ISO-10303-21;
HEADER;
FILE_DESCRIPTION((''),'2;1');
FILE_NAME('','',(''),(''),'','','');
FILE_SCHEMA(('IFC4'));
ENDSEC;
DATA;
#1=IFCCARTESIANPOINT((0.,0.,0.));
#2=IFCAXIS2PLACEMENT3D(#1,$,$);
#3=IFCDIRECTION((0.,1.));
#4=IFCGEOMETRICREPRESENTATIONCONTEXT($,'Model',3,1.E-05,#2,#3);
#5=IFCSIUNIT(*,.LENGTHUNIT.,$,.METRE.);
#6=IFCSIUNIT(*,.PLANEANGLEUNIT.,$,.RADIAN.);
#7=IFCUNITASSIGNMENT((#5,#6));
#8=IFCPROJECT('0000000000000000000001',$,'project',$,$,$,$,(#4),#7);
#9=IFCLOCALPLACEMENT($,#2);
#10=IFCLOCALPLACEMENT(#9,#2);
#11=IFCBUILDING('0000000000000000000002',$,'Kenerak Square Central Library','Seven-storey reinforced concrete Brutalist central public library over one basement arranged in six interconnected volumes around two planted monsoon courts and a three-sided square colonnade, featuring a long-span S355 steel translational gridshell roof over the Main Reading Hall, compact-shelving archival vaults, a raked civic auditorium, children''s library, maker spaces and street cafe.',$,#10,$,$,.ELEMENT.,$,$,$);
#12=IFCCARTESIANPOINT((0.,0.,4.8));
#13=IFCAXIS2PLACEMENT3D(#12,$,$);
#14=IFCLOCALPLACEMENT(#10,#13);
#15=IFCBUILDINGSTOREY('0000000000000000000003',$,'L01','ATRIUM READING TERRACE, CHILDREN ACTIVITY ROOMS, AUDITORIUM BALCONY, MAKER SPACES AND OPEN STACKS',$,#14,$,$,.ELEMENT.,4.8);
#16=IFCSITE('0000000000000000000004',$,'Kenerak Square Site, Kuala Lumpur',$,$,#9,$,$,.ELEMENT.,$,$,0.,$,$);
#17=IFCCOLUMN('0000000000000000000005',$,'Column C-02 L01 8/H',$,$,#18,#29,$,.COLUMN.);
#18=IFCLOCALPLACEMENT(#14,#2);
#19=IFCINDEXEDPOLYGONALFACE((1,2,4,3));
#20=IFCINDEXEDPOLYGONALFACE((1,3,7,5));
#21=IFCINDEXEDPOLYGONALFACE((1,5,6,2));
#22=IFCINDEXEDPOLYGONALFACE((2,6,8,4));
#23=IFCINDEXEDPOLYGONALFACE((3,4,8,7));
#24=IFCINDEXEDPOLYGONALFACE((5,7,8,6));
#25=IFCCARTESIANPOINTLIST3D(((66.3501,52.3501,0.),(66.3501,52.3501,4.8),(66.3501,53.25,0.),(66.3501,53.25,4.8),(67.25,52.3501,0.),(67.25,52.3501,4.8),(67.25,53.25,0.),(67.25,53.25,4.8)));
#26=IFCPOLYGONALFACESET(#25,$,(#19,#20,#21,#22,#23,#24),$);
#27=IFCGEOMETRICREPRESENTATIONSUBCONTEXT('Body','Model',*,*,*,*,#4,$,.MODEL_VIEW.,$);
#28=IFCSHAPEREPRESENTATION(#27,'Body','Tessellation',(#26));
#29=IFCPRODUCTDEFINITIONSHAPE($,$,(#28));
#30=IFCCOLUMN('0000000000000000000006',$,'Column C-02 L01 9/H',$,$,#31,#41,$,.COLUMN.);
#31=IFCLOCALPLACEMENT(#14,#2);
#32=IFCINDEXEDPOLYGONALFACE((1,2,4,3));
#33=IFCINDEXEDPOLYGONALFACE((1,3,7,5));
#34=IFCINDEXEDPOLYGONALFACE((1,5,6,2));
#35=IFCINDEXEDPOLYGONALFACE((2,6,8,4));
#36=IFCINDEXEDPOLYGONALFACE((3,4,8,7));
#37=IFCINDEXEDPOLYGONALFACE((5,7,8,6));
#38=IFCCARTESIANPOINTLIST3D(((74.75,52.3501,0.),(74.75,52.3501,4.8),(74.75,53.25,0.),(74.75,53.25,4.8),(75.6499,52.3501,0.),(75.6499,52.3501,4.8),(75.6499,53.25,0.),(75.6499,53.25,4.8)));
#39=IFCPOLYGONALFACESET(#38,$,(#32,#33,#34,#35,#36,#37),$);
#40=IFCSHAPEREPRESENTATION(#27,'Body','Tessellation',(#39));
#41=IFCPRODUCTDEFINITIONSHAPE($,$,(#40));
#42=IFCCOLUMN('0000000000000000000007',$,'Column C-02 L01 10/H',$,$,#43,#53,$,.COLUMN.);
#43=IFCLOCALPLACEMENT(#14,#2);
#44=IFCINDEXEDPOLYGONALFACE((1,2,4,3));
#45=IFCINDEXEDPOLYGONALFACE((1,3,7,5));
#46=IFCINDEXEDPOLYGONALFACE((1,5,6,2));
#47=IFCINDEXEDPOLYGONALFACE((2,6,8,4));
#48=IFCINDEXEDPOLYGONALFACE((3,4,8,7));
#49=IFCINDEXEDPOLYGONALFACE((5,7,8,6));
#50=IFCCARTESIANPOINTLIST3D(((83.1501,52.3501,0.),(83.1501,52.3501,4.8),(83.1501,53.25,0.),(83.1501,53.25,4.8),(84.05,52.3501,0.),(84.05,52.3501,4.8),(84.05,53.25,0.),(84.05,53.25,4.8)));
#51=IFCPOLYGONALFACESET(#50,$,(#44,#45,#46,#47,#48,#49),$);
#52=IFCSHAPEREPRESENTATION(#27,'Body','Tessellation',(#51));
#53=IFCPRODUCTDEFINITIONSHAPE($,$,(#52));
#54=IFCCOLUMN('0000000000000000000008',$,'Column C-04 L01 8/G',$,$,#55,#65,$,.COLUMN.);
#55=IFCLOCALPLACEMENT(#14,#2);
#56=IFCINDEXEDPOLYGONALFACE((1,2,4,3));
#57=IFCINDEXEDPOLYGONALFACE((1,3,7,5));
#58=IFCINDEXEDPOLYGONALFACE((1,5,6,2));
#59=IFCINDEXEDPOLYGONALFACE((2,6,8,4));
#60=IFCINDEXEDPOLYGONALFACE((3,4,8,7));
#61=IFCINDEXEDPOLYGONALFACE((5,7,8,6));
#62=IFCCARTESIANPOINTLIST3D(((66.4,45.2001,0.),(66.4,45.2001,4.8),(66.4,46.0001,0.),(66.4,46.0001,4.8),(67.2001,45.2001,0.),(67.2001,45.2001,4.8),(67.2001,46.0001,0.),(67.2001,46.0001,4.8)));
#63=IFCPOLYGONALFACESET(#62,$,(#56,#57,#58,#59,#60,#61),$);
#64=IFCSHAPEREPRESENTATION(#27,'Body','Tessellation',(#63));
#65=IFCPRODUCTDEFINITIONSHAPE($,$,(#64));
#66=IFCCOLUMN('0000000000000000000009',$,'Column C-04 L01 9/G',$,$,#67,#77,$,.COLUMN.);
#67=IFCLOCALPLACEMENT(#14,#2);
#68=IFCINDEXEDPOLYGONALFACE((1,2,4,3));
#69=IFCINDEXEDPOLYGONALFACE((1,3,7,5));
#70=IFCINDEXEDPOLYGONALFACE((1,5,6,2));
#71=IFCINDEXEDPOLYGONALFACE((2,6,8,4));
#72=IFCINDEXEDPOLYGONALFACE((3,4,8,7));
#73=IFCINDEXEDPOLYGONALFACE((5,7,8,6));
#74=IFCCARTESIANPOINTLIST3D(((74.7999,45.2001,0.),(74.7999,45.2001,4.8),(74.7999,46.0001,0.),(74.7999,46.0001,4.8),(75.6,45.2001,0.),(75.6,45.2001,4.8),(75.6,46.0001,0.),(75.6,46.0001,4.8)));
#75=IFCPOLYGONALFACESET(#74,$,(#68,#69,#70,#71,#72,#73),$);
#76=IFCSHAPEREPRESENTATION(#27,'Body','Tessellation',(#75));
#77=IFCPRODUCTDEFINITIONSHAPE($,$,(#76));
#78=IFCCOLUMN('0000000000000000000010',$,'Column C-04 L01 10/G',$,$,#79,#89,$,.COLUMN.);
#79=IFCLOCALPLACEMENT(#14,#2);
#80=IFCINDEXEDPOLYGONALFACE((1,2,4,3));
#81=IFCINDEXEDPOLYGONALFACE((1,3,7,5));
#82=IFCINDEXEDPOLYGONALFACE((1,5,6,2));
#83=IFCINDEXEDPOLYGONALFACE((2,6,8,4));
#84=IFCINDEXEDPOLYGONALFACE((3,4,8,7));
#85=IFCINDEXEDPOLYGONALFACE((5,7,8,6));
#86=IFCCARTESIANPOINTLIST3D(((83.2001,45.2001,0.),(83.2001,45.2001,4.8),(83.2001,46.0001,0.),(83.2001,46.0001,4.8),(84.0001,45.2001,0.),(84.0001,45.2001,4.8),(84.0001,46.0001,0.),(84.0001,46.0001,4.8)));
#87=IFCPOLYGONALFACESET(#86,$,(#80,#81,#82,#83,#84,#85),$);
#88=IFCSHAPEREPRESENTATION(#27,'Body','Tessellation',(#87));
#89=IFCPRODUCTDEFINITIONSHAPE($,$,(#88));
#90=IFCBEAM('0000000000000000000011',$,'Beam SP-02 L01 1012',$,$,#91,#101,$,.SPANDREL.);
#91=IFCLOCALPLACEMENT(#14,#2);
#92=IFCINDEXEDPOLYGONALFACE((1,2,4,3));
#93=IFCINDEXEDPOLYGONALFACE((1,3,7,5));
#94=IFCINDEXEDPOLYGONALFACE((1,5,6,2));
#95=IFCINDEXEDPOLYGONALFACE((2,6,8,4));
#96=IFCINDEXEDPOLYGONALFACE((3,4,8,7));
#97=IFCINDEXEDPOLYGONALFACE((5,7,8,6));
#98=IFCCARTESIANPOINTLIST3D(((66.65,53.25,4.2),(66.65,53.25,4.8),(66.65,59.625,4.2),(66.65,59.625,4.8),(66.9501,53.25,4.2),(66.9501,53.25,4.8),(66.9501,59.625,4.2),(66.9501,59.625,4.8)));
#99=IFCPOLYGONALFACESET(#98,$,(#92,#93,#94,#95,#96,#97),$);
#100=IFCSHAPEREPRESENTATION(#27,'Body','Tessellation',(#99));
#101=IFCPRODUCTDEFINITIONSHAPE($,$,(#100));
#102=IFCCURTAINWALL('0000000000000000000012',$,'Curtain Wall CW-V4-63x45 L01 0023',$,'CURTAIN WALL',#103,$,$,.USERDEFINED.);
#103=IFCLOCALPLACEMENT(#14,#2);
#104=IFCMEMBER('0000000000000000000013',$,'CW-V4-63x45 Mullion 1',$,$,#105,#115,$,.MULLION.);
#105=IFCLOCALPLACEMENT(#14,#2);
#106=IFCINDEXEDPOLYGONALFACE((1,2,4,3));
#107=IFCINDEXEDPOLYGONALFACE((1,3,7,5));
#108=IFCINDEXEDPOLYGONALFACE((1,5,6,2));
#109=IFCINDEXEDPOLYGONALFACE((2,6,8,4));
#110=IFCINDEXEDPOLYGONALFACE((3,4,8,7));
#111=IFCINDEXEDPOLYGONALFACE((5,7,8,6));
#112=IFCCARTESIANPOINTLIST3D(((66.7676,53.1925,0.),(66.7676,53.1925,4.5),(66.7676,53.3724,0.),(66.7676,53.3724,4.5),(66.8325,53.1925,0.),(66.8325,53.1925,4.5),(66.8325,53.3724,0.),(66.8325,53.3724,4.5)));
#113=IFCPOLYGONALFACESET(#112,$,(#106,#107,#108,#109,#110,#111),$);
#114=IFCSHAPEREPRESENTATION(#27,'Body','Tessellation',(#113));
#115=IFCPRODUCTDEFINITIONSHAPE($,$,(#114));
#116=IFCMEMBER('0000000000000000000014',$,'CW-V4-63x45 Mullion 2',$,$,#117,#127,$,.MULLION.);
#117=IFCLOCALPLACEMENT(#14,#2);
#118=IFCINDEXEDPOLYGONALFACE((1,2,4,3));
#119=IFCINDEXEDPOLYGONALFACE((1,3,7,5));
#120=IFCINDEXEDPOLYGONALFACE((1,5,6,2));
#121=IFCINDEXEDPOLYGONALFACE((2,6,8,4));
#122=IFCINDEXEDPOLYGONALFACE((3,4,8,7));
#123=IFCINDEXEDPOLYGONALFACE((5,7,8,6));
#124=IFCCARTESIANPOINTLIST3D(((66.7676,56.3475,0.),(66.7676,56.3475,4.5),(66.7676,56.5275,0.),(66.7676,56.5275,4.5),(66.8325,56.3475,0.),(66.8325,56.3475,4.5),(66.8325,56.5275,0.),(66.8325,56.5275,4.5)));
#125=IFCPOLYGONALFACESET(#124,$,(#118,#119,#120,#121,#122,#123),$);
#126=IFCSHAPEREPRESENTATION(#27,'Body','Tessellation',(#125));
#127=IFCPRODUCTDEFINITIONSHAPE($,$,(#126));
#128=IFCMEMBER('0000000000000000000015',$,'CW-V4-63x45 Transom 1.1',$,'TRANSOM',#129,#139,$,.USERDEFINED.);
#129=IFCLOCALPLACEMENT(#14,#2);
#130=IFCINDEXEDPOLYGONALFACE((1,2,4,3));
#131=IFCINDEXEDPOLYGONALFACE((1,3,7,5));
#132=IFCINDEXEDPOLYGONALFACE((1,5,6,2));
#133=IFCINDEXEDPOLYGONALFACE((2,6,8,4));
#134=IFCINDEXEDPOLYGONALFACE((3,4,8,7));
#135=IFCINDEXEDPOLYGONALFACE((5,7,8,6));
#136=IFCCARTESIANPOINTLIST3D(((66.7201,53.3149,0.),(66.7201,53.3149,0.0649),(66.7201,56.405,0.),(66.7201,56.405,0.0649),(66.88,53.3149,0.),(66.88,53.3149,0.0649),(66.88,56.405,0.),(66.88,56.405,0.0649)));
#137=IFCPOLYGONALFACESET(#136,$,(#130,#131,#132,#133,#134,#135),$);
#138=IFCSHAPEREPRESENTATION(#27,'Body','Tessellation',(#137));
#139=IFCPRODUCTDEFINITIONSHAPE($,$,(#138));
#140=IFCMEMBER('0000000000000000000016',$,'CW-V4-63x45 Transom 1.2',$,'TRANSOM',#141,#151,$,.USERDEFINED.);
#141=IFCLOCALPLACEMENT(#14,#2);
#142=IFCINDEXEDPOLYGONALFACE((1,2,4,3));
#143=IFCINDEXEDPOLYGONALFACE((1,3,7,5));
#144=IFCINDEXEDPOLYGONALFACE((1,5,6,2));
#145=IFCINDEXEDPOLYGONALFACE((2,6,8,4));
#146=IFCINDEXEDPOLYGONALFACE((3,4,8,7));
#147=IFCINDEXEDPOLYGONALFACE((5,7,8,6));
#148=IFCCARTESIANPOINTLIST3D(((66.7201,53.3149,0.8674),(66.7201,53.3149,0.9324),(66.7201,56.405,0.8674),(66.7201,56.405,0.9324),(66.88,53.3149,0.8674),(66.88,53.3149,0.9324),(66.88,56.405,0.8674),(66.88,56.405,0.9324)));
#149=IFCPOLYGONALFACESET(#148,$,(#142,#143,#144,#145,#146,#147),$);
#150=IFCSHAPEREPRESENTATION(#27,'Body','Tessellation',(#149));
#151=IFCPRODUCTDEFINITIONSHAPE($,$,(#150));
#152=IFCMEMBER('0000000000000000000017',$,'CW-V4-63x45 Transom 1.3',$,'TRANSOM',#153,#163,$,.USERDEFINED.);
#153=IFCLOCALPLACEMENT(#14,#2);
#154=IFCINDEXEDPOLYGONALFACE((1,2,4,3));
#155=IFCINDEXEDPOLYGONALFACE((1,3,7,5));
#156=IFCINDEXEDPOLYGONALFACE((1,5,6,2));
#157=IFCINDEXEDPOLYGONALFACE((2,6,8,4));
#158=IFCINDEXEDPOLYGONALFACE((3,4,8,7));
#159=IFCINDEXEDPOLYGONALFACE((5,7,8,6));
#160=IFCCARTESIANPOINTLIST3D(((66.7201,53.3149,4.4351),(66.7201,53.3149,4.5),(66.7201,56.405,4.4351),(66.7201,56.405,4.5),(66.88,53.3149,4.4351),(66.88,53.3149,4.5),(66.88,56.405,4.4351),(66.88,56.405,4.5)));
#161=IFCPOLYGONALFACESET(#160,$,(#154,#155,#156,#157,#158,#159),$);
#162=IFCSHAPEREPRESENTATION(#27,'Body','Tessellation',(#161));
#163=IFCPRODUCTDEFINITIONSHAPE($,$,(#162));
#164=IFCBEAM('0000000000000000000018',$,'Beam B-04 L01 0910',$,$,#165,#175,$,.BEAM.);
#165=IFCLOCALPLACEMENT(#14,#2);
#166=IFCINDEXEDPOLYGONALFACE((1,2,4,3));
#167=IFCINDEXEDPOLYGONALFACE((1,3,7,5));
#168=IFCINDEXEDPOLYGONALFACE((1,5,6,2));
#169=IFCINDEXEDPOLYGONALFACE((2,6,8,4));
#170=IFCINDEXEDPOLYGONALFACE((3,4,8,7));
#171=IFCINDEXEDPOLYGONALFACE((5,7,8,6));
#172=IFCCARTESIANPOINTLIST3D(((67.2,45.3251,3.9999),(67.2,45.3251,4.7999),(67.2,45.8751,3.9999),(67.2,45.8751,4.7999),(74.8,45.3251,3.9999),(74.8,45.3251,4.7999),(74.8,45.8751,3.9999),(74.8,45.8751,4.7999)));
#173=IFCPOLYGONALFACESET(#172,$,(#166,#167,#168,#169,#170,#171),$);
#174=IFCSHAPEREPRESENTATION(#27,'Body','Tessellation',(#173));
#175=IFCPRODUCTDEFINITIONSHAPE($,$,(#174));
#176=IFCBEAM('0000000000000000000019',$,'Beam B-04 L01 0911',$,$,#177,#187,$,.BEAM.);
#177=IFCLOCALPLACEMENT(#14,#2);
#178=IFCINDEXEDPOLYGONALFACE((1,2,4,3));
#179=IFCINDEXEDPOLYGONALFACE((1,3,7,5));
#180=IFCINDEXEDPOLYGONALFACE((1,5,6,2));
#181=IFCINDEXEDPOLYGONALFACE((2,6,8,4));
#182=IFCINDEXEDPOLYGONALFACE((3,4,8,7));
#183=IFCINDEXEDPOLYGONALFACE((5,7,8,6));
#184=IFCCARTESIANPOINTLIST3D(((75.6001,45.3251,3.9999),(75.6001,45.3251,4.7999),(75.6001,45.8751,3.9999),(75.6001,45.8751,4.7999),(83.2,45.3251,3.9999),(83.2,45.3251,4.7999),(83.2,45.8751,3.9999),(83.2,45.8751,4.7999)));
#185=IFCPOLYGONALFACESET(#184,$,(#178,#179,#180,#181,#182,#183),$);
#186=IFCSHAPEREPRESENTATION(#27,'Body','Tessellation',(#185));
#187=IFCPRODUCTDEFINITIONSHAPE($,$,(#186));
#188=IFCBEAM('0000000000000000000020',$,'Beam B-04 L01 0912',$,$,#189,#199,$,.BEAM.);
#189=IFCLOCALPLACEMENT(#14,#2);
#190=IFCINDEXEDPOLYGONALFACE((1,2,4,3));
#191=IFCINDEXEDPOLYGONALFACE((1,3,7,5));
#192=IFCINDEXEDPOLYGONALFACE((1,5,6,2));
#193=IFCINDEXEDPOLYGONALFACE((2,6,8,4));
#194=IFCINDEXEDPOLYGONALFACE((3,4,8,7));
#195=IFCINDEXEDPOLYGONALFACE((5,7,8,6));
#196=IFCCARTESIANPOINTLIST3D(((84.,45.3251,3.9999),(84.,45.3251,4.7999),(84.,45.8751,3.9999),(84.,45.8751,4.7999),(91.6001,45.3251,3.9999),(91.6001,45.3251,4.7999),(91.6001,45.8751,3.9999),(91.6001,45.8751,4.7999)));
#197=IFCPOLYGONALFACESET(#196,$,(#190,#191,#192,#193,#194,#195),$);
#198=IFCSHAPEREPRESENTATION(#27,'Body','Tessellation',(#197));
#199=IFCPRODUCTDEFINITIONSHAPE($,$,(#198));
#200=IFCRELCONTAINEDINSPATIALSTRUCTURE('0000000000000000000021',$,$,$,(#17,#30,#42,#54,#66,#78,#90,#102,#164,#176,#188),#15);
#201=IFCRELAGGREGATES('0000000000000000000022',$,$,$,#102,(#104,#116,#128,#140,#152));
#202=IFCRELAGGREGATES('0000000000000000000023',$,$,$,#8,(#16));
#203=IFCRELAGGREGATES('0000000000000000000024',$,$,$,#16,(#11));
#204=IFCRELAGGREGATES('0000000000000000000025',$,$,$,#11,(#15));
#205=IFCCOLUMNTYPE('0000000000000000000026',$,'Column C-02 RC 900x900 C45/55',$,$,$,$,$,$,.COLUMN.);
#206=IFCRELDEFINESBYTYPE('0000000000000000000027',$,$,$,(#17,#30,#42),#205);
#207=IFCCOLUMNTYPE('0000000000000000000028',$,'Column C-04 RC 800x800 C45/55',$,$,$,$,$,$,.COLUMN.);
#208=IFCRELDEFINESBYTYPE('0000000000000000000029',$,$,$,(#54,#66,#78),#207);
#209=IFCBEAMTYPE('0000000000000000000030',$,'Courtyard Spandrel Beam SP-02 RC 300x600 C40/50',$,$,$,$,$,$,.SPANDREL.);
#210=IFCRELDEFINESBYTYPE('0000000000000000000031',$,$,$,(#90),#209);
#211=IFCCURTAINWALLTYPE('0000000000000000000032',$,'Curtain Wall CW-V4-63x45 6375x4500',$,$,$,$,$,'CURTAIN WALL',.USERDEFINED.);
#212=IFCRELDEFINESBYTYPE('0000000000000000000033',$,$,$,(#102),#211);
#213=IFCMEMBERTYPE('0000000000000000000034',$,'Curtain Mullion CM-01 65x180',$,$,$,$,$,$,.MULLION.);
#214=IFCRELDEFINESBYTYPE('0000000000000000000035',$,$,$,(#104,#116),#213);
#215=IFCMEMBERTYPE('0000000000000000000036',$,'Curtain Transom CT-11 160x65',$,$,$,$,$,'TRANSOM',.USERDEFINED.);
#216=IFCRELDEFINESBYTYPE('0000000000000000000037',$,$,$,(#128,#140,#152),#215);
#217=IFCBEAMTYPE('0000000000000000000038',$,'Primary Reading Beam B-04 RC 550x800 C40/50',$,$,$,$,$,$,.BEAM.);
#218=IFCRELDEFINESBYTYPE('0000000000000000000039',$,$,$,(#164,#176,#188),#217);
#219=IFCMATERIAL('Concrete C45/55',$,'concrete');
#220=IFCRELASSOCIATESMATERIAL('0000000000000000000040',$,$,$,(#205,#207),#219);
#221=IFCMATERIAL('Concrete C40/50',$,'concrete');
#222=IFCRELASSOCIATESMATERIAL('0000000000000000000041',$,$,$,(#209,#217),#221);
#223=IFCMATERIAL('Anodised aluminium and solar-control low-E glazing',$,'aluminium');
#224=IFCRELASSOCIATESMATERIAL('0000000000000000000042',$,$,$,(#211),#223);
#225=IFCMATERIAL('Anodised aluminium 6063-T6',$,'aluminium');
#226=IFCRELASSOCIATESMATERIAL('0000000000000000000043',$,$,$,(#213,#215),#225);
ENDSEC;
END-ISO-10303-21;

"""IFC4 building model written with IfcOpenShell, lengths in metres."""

from ifc_helpers import new_model, si_unit, direction, frame, origin, origin_2d, place, context, subcontext, project, spatial, rectangle, extrude, material, material_profile, profile_set, type_object, element, aggregate, save


model = new_model("IFC4")

# Units and contexts
model_context = context("Model", 3, precision=1e-05, world=origin(), true_north=direction((0.0, 1.0)))
body_context = subcontext(model_context, "Body", "Model", "MODEL_VIEW")
ifc_project = project(units=[si_unit("LENGTHUNIT", "METRE"), si_unit("PLANEANGLEUNIT", "RADIAN")], contexts=[model_context])

# Site, building, storey
site_placement = place(None, origin())
site = spatial("IfcSite", under=ifc_project, at=site_placement, Name="Kenerak Square Site, Kuala Lumpur", CompositionType="ELEMENT", RefElevation=0.0)
building_placement = place(site_placement, origin())
building = spatial("IfcBuilding", under=site, at=building_placement, Name="Kenerak Square Central Library", Description="Seven-storey reinforced concrete Brutalist central public library over one basement arranged in six interconnected volumes around two planted monsoon courts and a three-sided square colonnade, featuring a long-span S355 steel translational gridshell roof over the Main Reading Hall, compact-shelving archival vaults, a raked civic auditorium, children's library, maker spaces and street cafe.", CompositionType="ELEMENT")
storey_placement = place(building_placement, frame((0.0, 0.0, 4.8)))
storey = spatial("IfcBuildingStorey", under=building, at=storey_placement, Name="L01", Description="ATRIUM READING TERRACE, CHILDREN ACTIVITY ROOMS, AUDITORIUM BALCONY, MAKER SPACES AND OPEN STACKS", CompositionType="ELEMENT", Elevation=4.8)

# Columns
ifc_material_1 = material(Name="Concrete C45/55", Category="concrete")
ifc_material_profile_1 = material_profile(ifc_material_1, rectangle(XDim=0.8999, YDim=0.8999, at=origin_2d()), Name="RC 900x900")
ifc_profile_set_1 = profile_set([ifc_material_profile_1], Name="Concrete C45/55")
column_type_1 = type_object("IfcColumnType", Name="Column C-02 RC 900x900 C45/55", PredefinedType="COLUMN", material=ifc_profile_set_1)
for number, where, z_axis, x_axis, name in (
    (1, (66.8, 52.8, 0.0), (0.0, 0.0, 1.0), (1.0, 0.0, 0.0), "Column C-02 L01 8/H"),
    (2, (75.2, 52.8, 0.0), (0.0, 0.0, 1.0), (1.0, 0.0, 0.0), "Column C-02 L01 9/H"),
    (3, (83.6001, 52.8, 0.0), (0.0, 0.0, 1.0), (1.0, 0.0, 0.0), "Column C-02 L01 10/H"),
):
    element("IfcColumn", number, at=place(storey_placement, frame(where, z_axis=z_axis, x_axis=x_axis)), inside=storey, type_object=column_type_1, Name=name, PredefinedType="COLUMN", context=body_context, shape_type="SweptSolid", body=[
        extrude(rectangle(XDim=0.8999, YDim=0.8999, at=origin_2d()), origin(), (0.0, 0.0, 1.0), 4.8),
    ])
ifc_material_profile_2 = material_profile(ifc_material_1, rectangle(XDim=0.8, YDim=0.8, at=origin_2d()), Name="RC 800x800")
ifc_profile_set_2 = profile_set([ifc_material_profile_2], Name="Concrete C45/55")
column_type_2 = type_object("IfcColumnType", Name="Column C-04 RC 800x800 C45/55", PredefinedType="COLUMN", material=ifc_profile_set_2)
for number, where, z_axis, x_axis, name in (
    (4, (66.8, 45.6001, 0.0), (0.0, 0.0, 1.0), (1.0, 0.0, 0.0), "Column C-04 L01 8/G"),
    (5, (75.2, 45.6001, 0.0), (0.0, 0.0, 1.0), (1.0, 0.0, 0.0), "Column C-04 L01 9/G"),
    (6, (83.6001, 45.6001, 0.0), (0.0, 0.0, 1.0), (1.0, 0.0, 0.0), "Column C-04 L01 10/G"),
):
    element("IfcColumn", number, at=place(storey_placement, frame(where, z_axis=z_axis, x_axis=x_axis)), inside=storey, type_object=column_type_2, Name=name, PredefinedType="COLUMN", context=body_context, shape_type="SweptSolid", body=[
        extrude(rectangle(XDim=0.8, YDim=0.8, at=origin_2d()), origin(), (0.0, 0.0, 1.0), 4.8),
    ])

# Beam
ifc_material_2 = material(Name="Concrete C40/50", Category="concrete")
ifc_material_profile_3 = material_profile(ifc_material_2, rectangle(XDim=0.3, YDim=0.6001, at=origin_2d()), Name="RC 300x600")
ifc_profile_set_3 = profile_set([ifc_material_profile_3], Name="Concrete C40/50")
beam_type_1 = type_object("IfcBeamType", Name="Courtyard Spandrel Beam SP-02 RC 300x600 C40/50", PredefinedType="SPANDREL", material=ifc_profile_set_3)
beam_1_placement = place(storey_placement, frame((66.8, 53.25, 4.5), z_axis=(0.0, 1.0, 0.0), x_axis=(-1.0, 0.0, 0.0)))
element("IfcBeam", 7, at=beam_1_placement, inside=storey, type_object=beam_type_1, Name="Beam SP-02 L01 1012", PredefinedType="SPANDREL", context=body_context, shape_type="SweptSolid", body=[
    extrude(rectangle(XDim=0.3, YDim=0.6001, at=origin_2d()), origin(), (0.0, 0.0, 1.0), 6.375),
])

# Curtain wall, members
ifc_material_3 = material(Name="Anodised aluminium and solar-control low-E glazing", Category="aluminium")
curtain_wall_type = type_object("IfcCurtainWallType", Name="Curtain Wall CW-V4-63x45 6375x4500", ElementType="CURTAIN WALL", PredefinedType="USERDEFINED", material=ifc_material_3)
curtain_wall_placement = place(storey_placement, origin())
curtain_wall = element("IfcCurtainWall", 8, at=curtain_wall_placement, inside=storey, type_object=curtain_wall_type, Name="Curtain Wall CW-V4-63x45 L01 0023", ObjectType="CURTAIN WALL", PredefinedType="USERDEFINED")
ifc_material_4 = material(Name="Anodised aluminium 6063-T6", Category="aluminium")
ifc_material_profile_4 = material_profile(ifc_material_4, rectangle(XDim=0.0649, YDim=0.1799, at=origin_2d()), Name="AL MULLION 65x180")
ifc_profile_set_4 = profile_set([ifc_material_profile_4], Name="Anodised aluminium 6063-T6")
member_type_1 = type_object("IfcMemberType", Name="Curtain Mullion CM-01 65x180", PredefinedType="MULLION", material=ifc_profile_set_4)
member_1_placement = place(storey_placement, frame((66.8, 53.2825, 0.0), z_axis=(0.0, 0.0, 1.0), x_axis=(-1.0, 0.0, 0.0)))
member_1 = element("IfcMember", 9, at=member_1_placement, type_object=member_type_1, Name="CW-V4-63x45 Mullion 1", PredefinedType="MULLION", context=body_context, shape_type="SweptSolid", body=[
    extrude(rectangle(XDim=0.0649, YDim=0.1799, at=origin_2d()), origin(), (0.0, 0.0, 1.0), 4.5),
])
member_2_placement = place(storey_placement, frame((66.8, 56.4375, 0.0), z_axis=(0.0, 0.0, 1.0), x_axis=(-1.0, 0.0, 0.0)))
member_2 = element("IfcMember", 10, at=member_2_placement, type_object=member_type_1, Name="CW-V4-63x45 Mullion 2", PredefinedType="MULLION", context=body_context, shape_type="SweptSolid", body=[
    extrude(rectangle(XDim=0.0649, YDim=0.1799, at=origin_2d()), origin(), (0.0, 0.0, 1.0), 4.5),
])
ifc_material_profile_5 = material_profile(ifc_material_4, rectangle(XDim=0.1599, YDim=0.0649, at=origin_2d()), Name="AL TRANSOM 160x65")
ifc_profile_set_5 = profile_set([ifc_material_profile_5], Name="Anodised aluminium 6063-T6")
member_type_2 = type_object("IfcMemberType", Name="Curtain Transom CT-11 160x65", ElementType="TRANSOM", PredefinedType="USERDEFINED", material=ifc_profile_set_5)
member_3_placement = place(storey_placement, frame((66.8, 53.3149, 0.0325), z_axis=(0.0, 1.0, 0.0), x_axis=(-1.0, 0.0, 0.0)))
member_3 = element("IfcMember", 11, at=member_3_placement, type_object=member_type_2, Name="CW-V4-63x45 Transom 1.1", ObjectType="TRANSOM", PredefinedType="USERDEFINED", context=body_context, shape_type="SweptSolid", body=[
    extrude(rectangle(XDim=0.1599, YDim=0.0649, at=origin_2d()), origin(), (0.0, 0.0, 1.0), 3.0901),
])
member_4_placement = place(storey_placement, frame((66.8, 53.3149, 0.8999), z_axis=(0.0, 1.0, 0.0), x_axis=(-1.0, 0.0, 0.0)))
member_4 = element("IfcMember", 12, at=member_4_placement, type_object=member_type_2, Name="CW-V4-63x45 Transom 1.2", ObjectType="TRANSOM", PredefinedType="USERDEFINED", context=body_context, shape_type="SweptSolid", body=[
    extrude(rectangle(XDim=0.1599, YDim=0.0649, at=origin_2d()), origin(), (0.0, 0.0, 1.0), 3.0901),
])
member_5_placement = place(storey_placement, frame((66.8, 53.3149, 4.4675), z_axis=(0.0, 1.0, 0.0), x_axis=(-1.0, 0.0, 0.0)))
member_5 = element("IfcMember", 13, at=member_5_placement, type_object=member_type_2, Name="CW-V4-63x45 Transom 1.3", ObjectType="TRANSOM", PredefinedType="USERDEFINED", context=body_context, shape_type="SweptSolid", body=[
    extrude(rectangle(XDim=0.1599, YDim=0.0649, at=origin_2d()), origin(), (0.0, 0.0, 1.0), 3.0901),
])

# Beams
ifc_material_profile_6 = material_profile(ifc_material_2, rectangle(XDim=0.55, YDim=0.8, at=origin_2d()), Name="RC 550x800")
ifc_profile_set_6 = profile_set([ifc_material_profile_6], Name="Concrete C40/50")
beam_type_2 = type_object("IfcBeamType", Name="Primary Reading Beam B-04 RC 550x800 C40/50", PredefinedType="BEAM", material=ifc_profile_set_6)
beam_2_placement = place(storey_placement, frame((67.2, 45.6001, 4.3999), z_axis=(1.0, 0.0, 0.0), x_axis=(0.0, 1.0, 0.0)))
element("IfcBeam", 14, at=beam_2_placement, inside=storey, type_object=beam_type_2, Name="Beam B-04 L01 0910", PredefinedType="BEAM", context=body_context, shape_type="SweptSolid", body=[
    extrude(rectangle(XDim=0.55, YDim=0.8, at=origin_2d()), origin(), (0.0, 0.0, 1.0), 7.6001),
])
beam_3_placement = place(storey_placement, frame((75.6001, 45.6001, 4.3999), z_axis=(1.0, 0.0, 0.0), x_axis=(0.0, 1.0, 0.0)))
element("IfcBeam", 15, at=beam_3_placement, inside=storey, type_object=beam_type_2, Name="Beam B-04 L01 0911", PredefinedType="BEAM", context=body_context, shape_type="SweptSolid", body=[
    extrude(rectangle(XDim=0.55, YDim=0.8, at=origin_2d()), origin(), (0.0, 0.0, 1.0), 7.5999),
])
beam_4_placement = place(storey_placement, frame((84.0, 45.6001, 4.3999), z_axis=(1.0, 0.0, 0.0), x_axis=(0.0, 1.0, 0.0)))
element("IfcBeam", 16, at=beam_4_placement, inside=storey, type_object=beam_type_2, Name="Beam B-04 L01 0912", PredefinedType="BEAM", context=body_context, shape_type="SweptSolid", body=[
    extrude(rectangle(XDim=0.55, YDim=0.8, at=origin_2d()), origin(), (0.0, 0.0, 1.0), 7.6001),
])

aggregate(curtain_wall, [member_1, member_2, member_3, member_4, member_5])

save(model, "model.ifc")
